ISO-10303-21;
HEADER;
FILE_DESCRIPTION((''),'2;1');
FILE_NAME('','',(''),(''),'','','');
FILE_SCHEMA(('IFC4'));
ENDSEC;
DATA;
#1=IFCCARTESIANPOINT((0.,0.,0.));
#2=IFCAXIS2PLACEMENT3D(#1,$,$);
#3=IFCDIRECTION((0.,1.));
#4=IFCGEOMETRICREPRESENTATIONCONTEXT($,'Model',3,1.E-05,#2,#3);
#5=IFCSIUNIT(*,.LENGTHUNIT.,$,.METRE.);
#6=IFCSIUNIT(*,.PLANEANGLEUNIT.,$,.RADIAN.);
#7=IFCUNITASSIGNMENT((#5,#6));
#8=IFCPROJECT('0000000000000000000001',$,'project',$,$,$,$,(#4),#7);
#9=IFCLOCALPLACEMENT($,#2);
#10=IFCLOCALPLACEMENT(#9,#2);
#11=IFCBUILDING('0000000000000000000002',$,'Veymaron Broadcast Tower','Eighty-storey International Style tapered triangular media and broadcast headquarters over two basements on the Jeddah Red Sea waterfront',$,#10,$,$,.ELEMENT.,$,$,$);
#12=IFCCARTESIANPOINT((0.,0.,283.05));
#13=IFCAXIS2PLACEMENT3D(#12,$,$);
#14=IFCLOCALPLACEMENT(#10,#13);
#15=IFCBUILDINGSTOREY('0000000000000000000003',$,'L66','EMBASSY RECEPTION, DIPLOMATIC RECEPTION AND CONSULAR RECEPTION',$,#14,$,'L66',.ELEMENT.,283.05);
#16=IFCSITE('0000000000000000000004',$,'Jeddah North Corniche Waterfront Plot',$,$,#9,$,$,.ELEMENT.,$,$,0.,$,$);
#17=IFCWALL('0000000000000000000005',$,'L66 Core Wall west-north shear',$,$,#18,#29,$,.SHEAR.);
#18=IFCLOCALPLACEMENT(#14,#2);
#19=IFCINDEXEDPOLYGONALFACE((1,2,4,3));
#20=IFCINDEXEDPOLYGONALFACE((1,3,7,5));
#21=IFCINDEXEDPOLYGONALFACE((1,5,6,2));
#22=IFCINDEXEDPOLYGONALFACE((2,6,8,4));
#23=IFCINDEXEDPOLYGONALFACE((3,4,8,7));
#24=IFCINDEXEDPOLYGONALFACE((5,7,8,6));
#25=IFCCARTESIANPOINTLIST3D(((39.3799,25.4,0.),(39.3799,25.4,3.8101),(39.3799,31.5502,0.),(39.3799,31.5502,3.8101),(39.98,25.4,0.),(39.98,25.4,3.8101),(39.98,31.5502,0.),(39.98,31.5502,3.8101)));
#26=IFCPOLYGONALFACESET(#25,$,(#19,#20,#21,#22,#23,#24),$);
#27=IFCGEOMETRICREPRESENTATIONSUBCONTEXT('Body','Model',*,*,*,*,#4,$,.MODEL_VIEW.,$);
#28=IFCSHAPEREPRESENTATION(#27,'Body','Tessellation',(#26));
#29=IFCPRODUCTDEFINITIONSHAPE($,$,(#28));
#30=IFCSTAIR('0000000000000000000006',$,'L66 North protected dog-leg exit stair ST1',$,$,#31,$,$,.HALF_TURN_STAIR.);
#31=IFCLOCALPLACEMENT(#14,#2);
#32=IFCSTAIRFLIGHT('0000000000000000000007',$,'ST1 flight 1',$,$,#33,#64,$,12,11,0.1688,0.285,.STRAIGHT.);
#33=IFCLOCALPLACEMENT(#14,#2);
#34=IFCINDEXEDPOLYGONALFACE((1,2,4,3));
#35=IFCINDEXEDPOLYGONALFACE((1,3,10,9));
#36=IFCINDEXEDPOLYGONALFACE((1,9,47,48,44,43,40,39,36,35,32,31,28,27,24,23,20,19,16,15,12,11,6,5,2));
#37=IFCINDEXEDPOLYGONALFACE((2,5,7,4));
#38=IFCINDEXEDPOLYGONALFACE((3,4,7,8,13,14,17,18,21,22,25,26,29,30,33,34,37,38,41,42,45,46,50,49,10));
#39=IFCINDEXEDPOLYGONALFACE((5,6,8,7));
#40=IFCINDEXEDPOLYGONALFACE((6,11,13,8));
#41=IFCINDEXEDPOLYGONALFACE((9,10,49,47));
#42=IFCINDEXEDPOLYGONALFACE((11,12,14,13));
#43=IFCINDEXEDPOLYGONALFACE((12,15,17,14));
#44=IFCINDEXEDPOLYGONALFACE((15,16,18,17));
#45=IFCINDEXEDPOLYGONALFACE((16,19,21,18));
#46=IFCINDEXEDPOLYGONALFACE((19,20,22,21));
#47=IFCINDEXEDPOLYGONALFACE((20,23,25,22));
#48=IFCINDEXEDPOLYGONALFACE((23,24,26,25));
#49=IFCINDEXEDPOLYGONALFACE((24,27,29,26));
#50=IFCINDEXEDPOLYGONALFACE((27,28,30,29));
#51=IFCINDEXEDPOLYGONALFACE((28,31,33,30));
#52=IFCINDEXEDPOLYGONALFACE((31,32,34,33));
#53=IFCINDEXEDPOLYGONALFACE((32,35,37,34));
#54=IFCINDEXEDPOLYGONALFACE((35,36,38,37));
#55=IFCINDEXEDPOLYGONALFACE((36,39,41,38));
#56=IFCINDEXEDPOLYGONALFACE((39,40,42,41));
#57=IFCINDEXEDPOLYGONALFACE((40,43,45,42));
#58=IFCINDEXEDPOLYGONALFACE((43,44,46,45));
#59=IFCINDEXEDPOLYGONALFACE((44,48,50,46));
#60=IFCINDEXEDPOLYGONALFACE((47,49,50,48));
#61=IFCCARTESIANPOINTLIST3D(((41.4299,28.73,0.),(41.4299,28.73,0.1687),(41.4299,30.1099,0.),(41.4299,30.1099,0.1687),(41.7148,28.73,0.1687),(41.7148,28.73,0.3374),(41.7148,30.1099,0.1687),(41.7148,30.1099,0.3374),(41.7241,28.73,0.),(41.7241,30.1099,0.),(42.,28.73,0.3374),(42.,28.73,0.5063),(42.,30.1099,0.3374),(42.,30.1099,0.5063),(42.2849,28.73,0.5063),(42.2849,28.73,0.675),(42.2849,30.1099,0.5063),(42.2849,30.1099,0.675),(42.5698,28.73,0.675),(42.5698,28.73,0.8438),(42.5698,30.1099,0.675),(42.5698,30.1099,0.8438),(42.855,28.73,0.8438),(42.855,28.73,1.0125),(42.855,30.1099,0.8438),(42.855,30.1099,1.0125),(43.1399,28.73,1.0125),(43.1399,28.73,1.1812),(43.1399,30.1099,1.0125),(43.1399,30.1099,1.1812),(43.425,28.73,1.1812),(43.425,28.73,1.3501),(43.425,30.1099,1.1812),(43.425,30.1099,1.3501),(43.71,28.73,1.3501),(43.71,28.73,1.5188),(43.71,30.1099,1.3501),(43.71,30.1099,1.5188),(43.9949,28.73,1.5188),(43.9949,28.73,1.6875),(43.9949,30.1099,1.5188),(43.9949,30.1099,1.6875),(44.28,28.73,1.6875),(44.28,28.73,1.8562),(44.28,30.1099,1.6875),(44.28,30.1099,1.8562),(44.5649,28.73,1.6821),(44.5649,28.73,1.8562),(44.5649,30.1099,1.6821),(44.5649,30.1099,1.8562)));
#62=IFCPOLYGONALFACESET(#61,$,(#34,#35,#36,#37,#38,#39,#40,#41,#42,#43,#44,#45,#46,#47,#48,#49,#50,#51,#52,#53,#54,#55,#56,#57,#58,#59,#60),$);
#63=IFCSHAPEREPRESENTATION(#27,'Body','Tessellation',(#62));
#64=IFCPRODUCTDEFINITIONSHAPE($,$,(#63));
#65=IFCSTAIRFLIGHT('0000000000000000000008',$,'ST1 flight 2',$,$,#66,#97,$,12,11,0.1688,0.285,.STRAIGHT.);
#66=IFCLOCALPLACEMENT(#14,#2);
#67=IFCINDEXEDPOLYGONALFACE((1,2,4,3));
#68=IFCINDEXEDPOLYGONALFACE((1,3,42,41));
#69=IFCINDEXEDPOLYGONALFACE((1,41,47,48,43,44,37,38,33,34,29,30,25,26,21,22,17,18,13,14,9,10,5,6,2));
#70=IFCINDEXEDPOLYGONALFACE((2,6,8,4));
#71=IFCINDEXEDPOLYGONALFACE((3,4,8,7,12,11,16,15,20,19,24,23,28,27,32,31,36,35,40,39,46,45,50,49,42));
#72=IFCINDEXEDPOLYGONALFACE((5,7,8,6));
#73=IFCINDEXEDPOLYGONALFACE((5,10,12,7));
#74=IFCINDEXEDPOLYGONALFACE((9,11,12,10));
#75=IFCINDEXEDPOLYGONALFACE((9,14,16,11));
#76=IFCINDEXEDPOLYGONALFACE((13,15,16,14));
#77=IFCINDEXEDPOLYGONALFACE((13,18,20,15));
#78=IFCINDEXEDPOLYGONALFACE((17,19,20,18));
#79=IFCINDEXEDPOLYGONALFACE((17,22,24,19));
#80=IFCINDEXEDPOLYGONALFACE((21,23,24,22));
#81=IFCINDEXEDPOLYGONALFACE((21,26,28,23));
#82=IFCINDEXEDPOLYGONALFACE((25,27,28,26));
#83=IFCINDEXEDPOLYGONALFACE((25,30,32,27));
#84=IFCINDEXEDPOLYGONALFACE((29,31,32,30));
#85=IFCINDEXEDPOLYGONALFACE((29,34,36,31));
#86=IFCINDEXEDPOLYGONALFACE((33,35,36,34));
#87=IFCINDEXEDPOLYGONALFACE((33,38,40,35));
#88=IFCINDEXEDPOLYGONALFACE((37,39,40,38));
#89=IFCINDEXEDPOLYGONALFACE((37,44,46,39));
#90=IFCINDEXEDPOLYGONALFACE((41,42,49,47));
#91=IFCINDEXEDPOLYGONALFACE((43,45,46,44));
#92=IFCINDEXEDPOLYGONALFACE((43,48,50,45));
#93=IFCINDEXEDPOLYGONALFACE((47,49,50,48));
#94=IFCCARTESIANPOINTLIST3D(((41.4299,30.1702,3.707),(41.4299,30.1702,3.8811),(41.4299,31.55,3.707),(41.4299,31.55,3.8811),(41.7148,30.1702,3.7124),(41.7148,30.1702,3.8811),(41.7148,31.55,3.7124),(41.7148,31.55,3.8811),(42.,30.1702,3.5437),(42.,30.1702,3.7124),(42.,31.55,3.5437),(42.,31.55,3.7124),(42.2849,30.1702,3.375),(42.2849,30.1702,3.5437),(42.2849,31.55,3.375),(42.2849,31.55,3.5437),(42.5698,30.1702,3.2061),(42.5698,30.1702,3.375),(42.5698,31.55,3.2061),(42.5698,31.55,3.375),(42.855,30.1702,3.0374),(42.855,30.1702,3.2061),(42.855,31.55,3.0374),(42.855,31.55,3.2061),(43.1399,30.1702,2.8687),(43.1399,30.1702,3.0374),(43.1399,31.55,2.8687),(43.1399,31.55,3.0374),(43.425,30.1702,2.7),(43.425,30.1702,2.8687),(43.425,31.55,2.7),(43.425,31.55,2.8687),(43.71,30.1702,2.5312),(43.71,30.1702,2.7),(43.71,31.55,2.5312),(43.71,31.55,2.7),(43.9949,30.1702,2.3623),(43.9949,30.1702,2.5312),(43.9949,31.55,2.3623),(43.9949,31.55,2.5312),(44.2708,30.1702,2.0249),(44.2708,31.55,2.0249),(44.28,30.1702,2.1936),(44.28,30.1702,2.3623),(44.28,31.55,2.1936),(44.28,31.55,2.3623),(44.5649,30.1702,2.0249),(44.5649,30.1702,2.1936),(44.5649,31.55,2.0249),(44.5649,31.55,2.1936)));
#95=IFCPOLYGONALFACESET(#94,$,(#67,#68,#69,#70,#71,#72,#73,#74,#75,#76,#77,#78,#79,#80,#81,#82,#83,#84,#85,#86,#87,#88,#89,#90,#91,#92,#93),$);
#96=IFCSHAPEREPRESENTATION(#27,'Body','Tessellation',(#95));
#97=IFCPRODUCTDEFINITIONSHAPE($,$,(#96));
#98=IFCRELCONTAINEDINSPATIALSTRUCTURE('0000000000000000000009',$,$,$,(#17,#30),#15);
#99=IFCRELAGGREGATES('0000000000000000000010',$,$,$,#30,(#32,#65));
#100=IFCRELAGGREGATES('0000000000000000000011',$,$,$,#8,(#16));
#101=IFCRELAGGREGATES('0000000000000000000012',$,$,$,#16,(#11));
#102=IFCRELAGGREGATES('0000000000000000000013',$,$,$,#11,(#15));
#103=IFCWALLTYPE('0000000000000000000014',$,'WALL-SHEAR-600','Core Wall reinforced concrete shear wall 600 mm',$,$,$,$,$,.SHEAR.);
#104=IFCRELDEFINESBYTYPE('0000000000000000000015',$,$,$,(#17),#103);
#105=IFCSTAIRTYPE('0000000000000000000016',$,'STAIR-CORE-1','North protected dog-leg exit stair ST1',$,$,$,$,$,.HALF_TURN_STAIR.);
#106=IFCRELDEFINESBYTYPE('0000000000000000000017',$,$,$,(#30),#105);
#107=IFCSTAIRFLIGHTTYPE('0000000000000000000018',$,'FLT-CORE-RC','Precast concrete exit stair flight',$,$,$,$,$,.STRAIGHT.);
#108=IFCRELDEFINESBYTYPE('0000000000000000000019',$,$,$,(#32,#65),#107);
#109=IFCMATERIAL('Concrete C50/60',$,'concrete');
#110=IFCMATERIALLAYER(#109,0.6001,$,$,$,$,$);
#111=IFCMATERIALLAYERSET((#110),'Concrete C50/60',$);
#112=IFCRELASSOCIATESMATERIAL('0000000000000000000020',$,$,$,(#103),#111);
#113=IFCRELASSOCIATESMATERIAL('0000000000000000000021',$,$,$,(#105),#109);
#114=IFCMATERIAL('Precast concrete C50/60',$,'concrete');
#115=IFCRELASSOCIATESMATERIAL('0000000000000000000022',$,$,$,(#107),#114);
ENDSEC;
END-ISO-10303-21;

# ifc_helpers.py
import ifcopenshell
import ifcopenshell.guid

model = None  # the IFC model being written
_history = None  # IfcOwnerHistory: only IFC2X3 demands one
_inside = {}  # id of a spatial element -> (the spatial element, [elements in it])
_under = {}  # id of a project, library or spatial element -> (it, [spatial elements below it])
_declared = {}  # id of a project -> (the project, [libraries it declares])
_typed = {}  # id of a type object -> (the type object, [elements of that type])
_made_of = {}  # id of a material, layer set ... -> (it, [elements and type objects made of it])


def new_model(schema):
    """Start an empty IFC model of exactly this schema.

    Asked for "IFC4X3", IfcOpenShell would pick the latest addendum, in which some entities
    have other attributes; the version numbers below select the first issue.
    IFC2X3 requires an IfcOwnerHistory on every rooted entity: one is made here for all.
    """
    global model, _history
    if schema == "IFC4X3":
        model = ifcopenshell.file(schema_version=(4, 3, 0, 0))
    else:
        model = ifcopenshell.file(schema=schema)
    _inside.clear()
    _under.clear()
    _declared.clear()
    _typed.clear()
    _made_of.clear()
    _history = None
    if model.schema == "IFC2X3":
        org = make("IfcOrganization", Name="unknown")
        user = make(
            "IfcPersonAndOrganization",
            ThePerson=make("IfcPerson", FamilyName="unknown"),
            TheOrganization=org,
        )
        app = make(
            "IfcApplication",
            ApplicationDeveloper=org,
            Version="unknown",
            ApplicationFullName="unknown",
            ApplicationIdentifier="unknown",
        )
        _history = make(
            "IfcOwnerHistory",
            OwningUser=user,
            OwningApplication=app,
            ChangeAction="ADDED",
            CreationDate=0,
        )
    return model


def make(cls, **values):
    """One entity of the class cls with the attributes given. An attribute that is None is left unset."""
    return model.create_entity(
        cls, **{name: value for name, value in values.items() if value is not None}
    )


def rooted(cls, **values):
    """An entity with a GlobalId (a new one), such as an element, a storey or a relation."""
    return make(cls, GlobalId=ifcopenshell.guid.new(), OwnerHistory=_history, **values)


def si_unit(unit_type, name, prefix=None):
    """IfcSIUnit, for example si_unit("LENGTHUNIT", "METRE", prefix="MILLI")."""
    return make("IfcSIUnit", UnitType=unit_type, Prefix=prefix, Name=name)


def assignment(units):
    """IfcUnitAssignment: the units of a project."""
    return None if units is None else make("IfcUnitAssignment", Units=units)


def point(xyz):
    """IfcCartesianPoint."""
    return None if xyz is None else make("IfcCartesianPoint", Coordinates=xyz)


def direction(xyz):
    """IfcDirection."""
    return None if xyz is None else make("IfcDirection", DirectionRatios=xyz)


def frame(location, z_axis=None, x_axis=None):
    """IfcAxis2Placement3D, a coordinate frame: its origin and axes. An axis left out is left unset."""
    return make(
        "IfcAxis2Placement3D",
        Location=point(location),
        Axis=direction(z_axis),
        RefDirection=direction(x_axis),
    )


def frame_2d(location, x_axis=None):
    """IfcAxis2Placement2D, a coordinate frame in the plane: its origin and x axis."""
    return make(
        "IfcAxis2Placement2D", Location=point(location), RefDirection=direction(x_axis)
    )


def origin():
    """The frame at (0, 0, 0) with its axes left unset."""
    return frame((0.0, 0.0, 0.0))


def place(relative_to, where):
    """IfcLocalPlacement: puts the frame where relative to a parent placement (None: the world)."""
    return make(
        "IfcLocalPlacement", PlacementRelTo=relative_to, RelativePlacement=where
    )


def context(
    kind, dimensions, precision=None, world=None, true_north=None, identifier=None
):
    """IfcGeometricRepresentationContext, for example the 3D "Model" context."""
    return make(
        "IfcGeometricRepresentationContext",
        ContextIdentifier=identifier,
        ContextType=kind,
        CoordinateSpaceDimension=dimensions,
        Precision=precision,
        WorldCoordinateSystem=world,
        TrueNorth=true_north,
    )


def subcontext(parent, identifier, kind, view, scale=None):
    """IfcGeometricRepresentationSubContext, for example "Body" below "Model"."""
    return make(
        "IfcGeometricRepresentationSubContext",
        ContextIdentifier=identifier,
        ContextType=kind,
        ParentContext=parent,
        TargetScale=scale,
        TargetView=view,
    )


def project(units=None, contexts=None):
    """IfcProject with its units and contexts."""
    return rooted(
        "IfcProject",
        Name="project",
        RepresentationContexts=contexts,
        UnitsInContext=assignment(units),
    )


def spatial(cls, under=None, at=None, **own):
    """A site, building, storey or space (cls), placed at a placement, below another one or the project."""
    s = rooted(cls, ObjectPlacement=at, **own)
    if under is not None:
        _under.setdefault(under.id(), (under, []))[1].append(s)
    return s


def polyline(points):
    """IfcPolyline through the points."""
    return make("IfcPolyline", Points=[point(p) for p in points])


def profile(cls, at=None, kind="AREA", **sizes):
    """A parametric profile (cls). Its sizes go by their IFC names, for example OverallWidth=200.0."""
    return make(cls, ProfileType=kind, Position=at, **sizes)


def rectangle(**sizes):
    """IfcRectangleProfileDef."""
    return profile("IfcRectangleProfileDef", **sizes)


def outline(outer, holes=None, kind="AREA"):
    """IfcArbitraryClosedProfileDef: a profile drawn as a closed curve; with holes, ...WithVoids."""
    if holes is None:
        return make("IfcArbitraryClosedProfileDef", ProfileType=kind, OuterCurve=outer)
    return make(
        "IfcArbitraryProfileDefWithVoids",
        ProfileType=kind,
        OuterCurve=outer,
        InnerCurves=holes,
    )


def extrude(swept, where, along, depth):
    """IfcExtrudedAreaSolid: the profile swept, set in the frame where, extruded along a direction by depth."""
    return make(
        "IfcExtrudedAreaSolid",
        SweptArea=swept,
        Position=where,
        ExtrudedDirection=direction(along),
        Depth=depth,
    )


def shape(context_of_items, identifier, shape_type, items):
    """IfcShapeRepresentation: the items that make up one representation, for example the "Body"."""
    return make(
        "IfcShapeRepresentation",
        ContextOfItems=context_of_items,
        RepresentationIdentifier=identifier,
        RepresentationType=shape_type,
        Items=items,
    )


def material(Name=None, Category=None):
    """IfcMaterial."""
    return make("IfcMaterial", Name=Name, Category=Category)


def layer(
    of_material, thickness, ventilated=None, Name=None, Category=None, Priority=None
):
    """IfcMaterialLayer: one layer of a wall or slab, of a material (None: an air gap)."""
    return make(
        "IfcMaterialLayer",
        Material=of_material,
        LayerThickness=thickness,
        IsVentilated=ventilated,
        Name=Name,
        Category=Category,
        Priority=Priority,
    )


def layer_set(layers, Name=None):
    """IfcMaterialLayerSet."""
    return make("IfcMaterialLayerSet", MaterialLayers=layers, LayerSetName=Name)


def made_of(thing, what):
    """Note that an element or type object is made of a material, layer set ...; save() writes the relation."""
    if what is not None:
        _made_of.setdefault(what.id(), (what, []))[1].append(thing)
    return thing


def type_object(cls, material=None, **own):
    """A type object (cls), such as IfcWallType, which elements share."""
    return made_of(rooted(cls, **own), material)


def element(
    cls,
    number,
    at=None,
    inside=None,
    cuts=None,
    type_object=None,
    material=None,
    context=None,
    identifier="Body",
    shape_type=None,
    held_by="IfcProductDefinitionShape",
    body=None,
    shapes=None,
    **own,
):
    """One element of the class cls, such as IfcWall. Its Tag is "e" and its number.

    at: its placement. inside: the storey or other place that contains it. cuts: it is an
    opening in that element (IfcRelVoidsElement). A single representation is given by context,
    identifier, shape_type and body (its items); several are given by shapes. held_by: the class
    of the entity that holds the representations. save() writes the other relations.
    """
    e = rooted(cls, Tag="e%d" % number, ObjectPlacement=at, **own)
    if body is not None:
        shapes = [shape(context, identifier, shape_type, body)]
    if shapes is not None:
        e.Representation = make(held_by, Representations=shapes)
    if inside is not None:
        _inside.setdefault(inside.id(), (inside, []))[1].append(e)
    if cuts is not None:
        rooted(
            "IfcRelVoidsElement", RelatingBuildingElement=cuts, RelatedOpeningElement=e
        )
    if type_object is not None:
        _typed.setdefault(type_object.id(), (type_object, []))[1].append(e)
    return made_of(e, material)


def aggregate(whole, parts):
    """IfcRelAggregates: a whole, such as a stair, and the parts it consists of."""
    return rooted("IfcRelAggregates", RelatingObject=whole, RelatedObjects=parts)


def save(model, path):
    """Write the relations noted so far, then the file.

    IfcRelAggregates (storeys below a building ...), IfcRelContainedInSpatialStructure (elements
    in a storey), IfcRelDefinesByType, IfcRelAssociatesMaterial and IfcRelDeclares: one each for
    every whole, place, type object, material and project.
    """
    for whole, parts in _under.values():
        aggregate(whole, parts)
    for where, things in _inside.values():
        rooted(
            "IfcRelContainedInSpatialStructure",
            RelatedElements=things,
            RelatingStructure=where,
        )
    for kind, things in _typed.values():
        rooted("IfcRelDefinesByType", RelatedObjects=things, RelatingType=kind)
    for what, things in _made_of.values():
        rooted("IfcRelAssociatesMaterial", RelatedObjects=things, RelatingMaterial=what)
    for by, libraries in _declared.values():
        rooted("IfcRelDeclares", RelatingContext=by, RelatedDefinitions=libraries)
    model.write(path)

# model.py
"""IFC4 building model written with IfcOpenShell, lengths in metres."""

from ifc_helpers import new_model, si_unit, direction, frame, frame_2d, origin, place, context, subcontext, project, spatial, polyline, rectangle, outline, extrude, material, layer, layer_set, type_object, element, aggregate, save


model = new_model("IFC4")

# Units and contexts
model_context = context("Model", 3, precision=1e-05, world=origin(), true_north=direction((0.0, 1.0)))
body_context = subcontext(model_context, "Body", "Model", "MODEL_VIEW")
ifc_project = project(units=[si_unit("LENGTHUNIT", "METRE"), si_unit("PLANEANGLEUNIT", "RADIAN")], contexts=[model_context])

# Site, building, storey
site_placement = place(None, origin())
site = spatial("IfcSite", under=ifc_project, at=site_placement, Name="Jeddah North Corniche Waterfront Plot", CompositionType="ELEMENT", RefElevation=0.0)
building_placement = place(site_placement, origin())
building = spatial("IfcBuilding", under=site, at=building_placement, Name="Veymaron Broadcast Tower", Description="Eighty-storey International Style tapered triangular media and broadcast headquarters over two basements on the Jeddah Red Sea waterfront", CompositionType="ELEMENT")
storey_placement = place(building_placement, frame((0.0, 0.0, 283.05)))
storey = spatial("IfcBuildingStorey", under=building, at=storey_placement, Name="L66", Description="EMBASSY RECEPTION, DIPLOMATIC RECEPTION AND CONSULAR RECEPTION", LongName="L66", CompositionType="ELEMENT", Elevation=283.05)

# Shared definitions
ifc_material_1 = material(Name="Concrete C50/60", Category="concrete")

# Wall
ifc_layer_1 = layer(ifc_material_1, 0.6001)
ifc_layer_set_1 = layer_set([ifc_layer_1], Name="Concrete C50/60")
wall_type_1 = type_object("IfcWallType", Name="WALL-SHEAR-600", Description="Core Wall reinforced concrete shear wall 600 mm", PredefinedType="SHEAR", material=ifc_layer_set_1)
wall_1_placement = place(storey_placement, frame((39.6799, 25.3999, 0.0), z_axis=(0.0, 0.0, 1.0), x_axis=(0.0, 1.0, 0.0)))
element("IfcWall", 1, at=wall_1_placement, inside=storey, type_object=wall_type_1, Name="L66 Core Wall west-north shear", PredefinedType="SHEAR", context=body_context, shape_type="SweptSolid", body=[
    extrude(rectangle(XDim=6.1501, YDim=0.6001, at=frame_2d((3.0752, 0.0))), origin(), (0.0, 0.0, 1.0), 3.8101),
])

# Stair, stair flights
stair_type = type_object("IfcStairType", Name="STAIR-CORE-1", Description="North protected dog-leg exit stair ST1", PredefinedType="HALF_TURN_STAIR", material=ifc_material_1)
stair_placement = place(storey_placement, origin())
stair = element("IfcStair", 2, at=stair_placement, inside=storey, type_object=stair_type, Name="L66 North protected dog-leg exit stair ST1", PredefinedType="HALF_TURN_STAIR")
ifc_material_2 = material(Name="Precast concrete C50/60", Category="concrete")
stair_flight_type = type_object("IfcStairFlightType", Name="FLT-CORE-RC", Description="Precast concrete exit stair flight", PredefinedType="STRAIGHT", material=ifc_material_2)
stair_flight_1_placement = place(storey_placement, frame((41.4299, 29.4199, 0.0), z_axis=(0.0, 0.0, 1.0), x_axis=(1.0, 0.0, 0.0)))
stair_flight_1 = element("IfcStairFlight", 3, at=stair_flight_1_placement, type_object=stair_flight_type, Name="ST1 flight 1", NumberOfRisers=12, NumberOfTreads=11, PredefinedType="STRAIGHT", RiserHeight=0.1688, TreadLength=0.285, context=body_context, shape_type="SweptSolid", body=[
    extrude(outline(polyline([(0.0, 0.0), (0.0, 0.1687), (0.2849, 0.1687), (0.2849, 0.3374), (0.5701, 0.3374), (0.5701, 0.5063), (0.855, 0.5063), (0.855, 0.675), (1.1399, 0.675), (1.1399, 0.8438), (1.425, 0.8438), (1.425, 1.0125), (1.71, 1.0125), (1.71, 1.1812), (1.9951, 1.1812), (1.9951, 1.3501), (2.28, 1.3501), (2.28, 1.5188), (2.5649, 1.5188), (2.5649, 1.6875), (2.8501, 1.6875), (2.8501, 1.8562), (3.135, 1.8562), (3.135, 2.0249), (3.135, 1.6821), (0.2942, 0.0), (0.0, 0.0)])), frame((0.0, 0.6899, 0.0), z_axis=(0.0, -1.0, 0.0), x_axis=(1.0, 0.0, 0.0)), (0.0, 0.0, 1.0), 1.3799),
])
stair_flight_2_placement = place(storey_placement, frame((44.5649, 30.8601, 2.0249), z_axis=(0.0, 0.0, 1.0), x_axis=(-1.0, 0.0, 0.0)))
stair_flight_2 = element("IfcStairFlight", 4, at=stair_flight_2_placement, type_object=stair_flight_type, Name="ST1 flight 2", NumberOfRisers=12, NumberOfTreads=11, PredefinedType="STRAIGHT", RiserHeight=0.1688, TreadLength=0.285, context=body_context, shape_type="SweptSolid", body=[
    extrude(outline(polyline([(0.0, 0.0), (0.0, 0.1687), (0.2849, 0.1687), (0.2849, 0.3374), (0.5701, 0.3374), (0.5701, 0.5063), (0.855, 0.5063), (0.855, 0.675), (1.1399, 0.675), (1.1399, 0.8438), (1.425, 0.8438), (1.425, 1.0125), (1.71, 1.0125), (1.71, 1.1812), (1.9951, 1.1812), (1.9951, 1.3501), (2.28, 1.3501), (2.28, 1.5188), (2.5649, 1.5188), (2.5649, 1.6875), (2.8501, 1.6875), (2.8501, 1.8562), (3.135, 1.8562), (3.135, 2.0249), (3.135, 1.6821), (0.2942, 0.0), (0.0, 0.0)])), frame((0.0, 0.6899, 0.0), z_axis=(0.0, -1.0, 0.0), x_axis=(1.0, 0.0, 0.0)), (0.0, 0.0, 1.0), 1.3799),
])
aggregate(stair, [stair_flight_1, stair_flight_2])

save(model, "model.ifc")
